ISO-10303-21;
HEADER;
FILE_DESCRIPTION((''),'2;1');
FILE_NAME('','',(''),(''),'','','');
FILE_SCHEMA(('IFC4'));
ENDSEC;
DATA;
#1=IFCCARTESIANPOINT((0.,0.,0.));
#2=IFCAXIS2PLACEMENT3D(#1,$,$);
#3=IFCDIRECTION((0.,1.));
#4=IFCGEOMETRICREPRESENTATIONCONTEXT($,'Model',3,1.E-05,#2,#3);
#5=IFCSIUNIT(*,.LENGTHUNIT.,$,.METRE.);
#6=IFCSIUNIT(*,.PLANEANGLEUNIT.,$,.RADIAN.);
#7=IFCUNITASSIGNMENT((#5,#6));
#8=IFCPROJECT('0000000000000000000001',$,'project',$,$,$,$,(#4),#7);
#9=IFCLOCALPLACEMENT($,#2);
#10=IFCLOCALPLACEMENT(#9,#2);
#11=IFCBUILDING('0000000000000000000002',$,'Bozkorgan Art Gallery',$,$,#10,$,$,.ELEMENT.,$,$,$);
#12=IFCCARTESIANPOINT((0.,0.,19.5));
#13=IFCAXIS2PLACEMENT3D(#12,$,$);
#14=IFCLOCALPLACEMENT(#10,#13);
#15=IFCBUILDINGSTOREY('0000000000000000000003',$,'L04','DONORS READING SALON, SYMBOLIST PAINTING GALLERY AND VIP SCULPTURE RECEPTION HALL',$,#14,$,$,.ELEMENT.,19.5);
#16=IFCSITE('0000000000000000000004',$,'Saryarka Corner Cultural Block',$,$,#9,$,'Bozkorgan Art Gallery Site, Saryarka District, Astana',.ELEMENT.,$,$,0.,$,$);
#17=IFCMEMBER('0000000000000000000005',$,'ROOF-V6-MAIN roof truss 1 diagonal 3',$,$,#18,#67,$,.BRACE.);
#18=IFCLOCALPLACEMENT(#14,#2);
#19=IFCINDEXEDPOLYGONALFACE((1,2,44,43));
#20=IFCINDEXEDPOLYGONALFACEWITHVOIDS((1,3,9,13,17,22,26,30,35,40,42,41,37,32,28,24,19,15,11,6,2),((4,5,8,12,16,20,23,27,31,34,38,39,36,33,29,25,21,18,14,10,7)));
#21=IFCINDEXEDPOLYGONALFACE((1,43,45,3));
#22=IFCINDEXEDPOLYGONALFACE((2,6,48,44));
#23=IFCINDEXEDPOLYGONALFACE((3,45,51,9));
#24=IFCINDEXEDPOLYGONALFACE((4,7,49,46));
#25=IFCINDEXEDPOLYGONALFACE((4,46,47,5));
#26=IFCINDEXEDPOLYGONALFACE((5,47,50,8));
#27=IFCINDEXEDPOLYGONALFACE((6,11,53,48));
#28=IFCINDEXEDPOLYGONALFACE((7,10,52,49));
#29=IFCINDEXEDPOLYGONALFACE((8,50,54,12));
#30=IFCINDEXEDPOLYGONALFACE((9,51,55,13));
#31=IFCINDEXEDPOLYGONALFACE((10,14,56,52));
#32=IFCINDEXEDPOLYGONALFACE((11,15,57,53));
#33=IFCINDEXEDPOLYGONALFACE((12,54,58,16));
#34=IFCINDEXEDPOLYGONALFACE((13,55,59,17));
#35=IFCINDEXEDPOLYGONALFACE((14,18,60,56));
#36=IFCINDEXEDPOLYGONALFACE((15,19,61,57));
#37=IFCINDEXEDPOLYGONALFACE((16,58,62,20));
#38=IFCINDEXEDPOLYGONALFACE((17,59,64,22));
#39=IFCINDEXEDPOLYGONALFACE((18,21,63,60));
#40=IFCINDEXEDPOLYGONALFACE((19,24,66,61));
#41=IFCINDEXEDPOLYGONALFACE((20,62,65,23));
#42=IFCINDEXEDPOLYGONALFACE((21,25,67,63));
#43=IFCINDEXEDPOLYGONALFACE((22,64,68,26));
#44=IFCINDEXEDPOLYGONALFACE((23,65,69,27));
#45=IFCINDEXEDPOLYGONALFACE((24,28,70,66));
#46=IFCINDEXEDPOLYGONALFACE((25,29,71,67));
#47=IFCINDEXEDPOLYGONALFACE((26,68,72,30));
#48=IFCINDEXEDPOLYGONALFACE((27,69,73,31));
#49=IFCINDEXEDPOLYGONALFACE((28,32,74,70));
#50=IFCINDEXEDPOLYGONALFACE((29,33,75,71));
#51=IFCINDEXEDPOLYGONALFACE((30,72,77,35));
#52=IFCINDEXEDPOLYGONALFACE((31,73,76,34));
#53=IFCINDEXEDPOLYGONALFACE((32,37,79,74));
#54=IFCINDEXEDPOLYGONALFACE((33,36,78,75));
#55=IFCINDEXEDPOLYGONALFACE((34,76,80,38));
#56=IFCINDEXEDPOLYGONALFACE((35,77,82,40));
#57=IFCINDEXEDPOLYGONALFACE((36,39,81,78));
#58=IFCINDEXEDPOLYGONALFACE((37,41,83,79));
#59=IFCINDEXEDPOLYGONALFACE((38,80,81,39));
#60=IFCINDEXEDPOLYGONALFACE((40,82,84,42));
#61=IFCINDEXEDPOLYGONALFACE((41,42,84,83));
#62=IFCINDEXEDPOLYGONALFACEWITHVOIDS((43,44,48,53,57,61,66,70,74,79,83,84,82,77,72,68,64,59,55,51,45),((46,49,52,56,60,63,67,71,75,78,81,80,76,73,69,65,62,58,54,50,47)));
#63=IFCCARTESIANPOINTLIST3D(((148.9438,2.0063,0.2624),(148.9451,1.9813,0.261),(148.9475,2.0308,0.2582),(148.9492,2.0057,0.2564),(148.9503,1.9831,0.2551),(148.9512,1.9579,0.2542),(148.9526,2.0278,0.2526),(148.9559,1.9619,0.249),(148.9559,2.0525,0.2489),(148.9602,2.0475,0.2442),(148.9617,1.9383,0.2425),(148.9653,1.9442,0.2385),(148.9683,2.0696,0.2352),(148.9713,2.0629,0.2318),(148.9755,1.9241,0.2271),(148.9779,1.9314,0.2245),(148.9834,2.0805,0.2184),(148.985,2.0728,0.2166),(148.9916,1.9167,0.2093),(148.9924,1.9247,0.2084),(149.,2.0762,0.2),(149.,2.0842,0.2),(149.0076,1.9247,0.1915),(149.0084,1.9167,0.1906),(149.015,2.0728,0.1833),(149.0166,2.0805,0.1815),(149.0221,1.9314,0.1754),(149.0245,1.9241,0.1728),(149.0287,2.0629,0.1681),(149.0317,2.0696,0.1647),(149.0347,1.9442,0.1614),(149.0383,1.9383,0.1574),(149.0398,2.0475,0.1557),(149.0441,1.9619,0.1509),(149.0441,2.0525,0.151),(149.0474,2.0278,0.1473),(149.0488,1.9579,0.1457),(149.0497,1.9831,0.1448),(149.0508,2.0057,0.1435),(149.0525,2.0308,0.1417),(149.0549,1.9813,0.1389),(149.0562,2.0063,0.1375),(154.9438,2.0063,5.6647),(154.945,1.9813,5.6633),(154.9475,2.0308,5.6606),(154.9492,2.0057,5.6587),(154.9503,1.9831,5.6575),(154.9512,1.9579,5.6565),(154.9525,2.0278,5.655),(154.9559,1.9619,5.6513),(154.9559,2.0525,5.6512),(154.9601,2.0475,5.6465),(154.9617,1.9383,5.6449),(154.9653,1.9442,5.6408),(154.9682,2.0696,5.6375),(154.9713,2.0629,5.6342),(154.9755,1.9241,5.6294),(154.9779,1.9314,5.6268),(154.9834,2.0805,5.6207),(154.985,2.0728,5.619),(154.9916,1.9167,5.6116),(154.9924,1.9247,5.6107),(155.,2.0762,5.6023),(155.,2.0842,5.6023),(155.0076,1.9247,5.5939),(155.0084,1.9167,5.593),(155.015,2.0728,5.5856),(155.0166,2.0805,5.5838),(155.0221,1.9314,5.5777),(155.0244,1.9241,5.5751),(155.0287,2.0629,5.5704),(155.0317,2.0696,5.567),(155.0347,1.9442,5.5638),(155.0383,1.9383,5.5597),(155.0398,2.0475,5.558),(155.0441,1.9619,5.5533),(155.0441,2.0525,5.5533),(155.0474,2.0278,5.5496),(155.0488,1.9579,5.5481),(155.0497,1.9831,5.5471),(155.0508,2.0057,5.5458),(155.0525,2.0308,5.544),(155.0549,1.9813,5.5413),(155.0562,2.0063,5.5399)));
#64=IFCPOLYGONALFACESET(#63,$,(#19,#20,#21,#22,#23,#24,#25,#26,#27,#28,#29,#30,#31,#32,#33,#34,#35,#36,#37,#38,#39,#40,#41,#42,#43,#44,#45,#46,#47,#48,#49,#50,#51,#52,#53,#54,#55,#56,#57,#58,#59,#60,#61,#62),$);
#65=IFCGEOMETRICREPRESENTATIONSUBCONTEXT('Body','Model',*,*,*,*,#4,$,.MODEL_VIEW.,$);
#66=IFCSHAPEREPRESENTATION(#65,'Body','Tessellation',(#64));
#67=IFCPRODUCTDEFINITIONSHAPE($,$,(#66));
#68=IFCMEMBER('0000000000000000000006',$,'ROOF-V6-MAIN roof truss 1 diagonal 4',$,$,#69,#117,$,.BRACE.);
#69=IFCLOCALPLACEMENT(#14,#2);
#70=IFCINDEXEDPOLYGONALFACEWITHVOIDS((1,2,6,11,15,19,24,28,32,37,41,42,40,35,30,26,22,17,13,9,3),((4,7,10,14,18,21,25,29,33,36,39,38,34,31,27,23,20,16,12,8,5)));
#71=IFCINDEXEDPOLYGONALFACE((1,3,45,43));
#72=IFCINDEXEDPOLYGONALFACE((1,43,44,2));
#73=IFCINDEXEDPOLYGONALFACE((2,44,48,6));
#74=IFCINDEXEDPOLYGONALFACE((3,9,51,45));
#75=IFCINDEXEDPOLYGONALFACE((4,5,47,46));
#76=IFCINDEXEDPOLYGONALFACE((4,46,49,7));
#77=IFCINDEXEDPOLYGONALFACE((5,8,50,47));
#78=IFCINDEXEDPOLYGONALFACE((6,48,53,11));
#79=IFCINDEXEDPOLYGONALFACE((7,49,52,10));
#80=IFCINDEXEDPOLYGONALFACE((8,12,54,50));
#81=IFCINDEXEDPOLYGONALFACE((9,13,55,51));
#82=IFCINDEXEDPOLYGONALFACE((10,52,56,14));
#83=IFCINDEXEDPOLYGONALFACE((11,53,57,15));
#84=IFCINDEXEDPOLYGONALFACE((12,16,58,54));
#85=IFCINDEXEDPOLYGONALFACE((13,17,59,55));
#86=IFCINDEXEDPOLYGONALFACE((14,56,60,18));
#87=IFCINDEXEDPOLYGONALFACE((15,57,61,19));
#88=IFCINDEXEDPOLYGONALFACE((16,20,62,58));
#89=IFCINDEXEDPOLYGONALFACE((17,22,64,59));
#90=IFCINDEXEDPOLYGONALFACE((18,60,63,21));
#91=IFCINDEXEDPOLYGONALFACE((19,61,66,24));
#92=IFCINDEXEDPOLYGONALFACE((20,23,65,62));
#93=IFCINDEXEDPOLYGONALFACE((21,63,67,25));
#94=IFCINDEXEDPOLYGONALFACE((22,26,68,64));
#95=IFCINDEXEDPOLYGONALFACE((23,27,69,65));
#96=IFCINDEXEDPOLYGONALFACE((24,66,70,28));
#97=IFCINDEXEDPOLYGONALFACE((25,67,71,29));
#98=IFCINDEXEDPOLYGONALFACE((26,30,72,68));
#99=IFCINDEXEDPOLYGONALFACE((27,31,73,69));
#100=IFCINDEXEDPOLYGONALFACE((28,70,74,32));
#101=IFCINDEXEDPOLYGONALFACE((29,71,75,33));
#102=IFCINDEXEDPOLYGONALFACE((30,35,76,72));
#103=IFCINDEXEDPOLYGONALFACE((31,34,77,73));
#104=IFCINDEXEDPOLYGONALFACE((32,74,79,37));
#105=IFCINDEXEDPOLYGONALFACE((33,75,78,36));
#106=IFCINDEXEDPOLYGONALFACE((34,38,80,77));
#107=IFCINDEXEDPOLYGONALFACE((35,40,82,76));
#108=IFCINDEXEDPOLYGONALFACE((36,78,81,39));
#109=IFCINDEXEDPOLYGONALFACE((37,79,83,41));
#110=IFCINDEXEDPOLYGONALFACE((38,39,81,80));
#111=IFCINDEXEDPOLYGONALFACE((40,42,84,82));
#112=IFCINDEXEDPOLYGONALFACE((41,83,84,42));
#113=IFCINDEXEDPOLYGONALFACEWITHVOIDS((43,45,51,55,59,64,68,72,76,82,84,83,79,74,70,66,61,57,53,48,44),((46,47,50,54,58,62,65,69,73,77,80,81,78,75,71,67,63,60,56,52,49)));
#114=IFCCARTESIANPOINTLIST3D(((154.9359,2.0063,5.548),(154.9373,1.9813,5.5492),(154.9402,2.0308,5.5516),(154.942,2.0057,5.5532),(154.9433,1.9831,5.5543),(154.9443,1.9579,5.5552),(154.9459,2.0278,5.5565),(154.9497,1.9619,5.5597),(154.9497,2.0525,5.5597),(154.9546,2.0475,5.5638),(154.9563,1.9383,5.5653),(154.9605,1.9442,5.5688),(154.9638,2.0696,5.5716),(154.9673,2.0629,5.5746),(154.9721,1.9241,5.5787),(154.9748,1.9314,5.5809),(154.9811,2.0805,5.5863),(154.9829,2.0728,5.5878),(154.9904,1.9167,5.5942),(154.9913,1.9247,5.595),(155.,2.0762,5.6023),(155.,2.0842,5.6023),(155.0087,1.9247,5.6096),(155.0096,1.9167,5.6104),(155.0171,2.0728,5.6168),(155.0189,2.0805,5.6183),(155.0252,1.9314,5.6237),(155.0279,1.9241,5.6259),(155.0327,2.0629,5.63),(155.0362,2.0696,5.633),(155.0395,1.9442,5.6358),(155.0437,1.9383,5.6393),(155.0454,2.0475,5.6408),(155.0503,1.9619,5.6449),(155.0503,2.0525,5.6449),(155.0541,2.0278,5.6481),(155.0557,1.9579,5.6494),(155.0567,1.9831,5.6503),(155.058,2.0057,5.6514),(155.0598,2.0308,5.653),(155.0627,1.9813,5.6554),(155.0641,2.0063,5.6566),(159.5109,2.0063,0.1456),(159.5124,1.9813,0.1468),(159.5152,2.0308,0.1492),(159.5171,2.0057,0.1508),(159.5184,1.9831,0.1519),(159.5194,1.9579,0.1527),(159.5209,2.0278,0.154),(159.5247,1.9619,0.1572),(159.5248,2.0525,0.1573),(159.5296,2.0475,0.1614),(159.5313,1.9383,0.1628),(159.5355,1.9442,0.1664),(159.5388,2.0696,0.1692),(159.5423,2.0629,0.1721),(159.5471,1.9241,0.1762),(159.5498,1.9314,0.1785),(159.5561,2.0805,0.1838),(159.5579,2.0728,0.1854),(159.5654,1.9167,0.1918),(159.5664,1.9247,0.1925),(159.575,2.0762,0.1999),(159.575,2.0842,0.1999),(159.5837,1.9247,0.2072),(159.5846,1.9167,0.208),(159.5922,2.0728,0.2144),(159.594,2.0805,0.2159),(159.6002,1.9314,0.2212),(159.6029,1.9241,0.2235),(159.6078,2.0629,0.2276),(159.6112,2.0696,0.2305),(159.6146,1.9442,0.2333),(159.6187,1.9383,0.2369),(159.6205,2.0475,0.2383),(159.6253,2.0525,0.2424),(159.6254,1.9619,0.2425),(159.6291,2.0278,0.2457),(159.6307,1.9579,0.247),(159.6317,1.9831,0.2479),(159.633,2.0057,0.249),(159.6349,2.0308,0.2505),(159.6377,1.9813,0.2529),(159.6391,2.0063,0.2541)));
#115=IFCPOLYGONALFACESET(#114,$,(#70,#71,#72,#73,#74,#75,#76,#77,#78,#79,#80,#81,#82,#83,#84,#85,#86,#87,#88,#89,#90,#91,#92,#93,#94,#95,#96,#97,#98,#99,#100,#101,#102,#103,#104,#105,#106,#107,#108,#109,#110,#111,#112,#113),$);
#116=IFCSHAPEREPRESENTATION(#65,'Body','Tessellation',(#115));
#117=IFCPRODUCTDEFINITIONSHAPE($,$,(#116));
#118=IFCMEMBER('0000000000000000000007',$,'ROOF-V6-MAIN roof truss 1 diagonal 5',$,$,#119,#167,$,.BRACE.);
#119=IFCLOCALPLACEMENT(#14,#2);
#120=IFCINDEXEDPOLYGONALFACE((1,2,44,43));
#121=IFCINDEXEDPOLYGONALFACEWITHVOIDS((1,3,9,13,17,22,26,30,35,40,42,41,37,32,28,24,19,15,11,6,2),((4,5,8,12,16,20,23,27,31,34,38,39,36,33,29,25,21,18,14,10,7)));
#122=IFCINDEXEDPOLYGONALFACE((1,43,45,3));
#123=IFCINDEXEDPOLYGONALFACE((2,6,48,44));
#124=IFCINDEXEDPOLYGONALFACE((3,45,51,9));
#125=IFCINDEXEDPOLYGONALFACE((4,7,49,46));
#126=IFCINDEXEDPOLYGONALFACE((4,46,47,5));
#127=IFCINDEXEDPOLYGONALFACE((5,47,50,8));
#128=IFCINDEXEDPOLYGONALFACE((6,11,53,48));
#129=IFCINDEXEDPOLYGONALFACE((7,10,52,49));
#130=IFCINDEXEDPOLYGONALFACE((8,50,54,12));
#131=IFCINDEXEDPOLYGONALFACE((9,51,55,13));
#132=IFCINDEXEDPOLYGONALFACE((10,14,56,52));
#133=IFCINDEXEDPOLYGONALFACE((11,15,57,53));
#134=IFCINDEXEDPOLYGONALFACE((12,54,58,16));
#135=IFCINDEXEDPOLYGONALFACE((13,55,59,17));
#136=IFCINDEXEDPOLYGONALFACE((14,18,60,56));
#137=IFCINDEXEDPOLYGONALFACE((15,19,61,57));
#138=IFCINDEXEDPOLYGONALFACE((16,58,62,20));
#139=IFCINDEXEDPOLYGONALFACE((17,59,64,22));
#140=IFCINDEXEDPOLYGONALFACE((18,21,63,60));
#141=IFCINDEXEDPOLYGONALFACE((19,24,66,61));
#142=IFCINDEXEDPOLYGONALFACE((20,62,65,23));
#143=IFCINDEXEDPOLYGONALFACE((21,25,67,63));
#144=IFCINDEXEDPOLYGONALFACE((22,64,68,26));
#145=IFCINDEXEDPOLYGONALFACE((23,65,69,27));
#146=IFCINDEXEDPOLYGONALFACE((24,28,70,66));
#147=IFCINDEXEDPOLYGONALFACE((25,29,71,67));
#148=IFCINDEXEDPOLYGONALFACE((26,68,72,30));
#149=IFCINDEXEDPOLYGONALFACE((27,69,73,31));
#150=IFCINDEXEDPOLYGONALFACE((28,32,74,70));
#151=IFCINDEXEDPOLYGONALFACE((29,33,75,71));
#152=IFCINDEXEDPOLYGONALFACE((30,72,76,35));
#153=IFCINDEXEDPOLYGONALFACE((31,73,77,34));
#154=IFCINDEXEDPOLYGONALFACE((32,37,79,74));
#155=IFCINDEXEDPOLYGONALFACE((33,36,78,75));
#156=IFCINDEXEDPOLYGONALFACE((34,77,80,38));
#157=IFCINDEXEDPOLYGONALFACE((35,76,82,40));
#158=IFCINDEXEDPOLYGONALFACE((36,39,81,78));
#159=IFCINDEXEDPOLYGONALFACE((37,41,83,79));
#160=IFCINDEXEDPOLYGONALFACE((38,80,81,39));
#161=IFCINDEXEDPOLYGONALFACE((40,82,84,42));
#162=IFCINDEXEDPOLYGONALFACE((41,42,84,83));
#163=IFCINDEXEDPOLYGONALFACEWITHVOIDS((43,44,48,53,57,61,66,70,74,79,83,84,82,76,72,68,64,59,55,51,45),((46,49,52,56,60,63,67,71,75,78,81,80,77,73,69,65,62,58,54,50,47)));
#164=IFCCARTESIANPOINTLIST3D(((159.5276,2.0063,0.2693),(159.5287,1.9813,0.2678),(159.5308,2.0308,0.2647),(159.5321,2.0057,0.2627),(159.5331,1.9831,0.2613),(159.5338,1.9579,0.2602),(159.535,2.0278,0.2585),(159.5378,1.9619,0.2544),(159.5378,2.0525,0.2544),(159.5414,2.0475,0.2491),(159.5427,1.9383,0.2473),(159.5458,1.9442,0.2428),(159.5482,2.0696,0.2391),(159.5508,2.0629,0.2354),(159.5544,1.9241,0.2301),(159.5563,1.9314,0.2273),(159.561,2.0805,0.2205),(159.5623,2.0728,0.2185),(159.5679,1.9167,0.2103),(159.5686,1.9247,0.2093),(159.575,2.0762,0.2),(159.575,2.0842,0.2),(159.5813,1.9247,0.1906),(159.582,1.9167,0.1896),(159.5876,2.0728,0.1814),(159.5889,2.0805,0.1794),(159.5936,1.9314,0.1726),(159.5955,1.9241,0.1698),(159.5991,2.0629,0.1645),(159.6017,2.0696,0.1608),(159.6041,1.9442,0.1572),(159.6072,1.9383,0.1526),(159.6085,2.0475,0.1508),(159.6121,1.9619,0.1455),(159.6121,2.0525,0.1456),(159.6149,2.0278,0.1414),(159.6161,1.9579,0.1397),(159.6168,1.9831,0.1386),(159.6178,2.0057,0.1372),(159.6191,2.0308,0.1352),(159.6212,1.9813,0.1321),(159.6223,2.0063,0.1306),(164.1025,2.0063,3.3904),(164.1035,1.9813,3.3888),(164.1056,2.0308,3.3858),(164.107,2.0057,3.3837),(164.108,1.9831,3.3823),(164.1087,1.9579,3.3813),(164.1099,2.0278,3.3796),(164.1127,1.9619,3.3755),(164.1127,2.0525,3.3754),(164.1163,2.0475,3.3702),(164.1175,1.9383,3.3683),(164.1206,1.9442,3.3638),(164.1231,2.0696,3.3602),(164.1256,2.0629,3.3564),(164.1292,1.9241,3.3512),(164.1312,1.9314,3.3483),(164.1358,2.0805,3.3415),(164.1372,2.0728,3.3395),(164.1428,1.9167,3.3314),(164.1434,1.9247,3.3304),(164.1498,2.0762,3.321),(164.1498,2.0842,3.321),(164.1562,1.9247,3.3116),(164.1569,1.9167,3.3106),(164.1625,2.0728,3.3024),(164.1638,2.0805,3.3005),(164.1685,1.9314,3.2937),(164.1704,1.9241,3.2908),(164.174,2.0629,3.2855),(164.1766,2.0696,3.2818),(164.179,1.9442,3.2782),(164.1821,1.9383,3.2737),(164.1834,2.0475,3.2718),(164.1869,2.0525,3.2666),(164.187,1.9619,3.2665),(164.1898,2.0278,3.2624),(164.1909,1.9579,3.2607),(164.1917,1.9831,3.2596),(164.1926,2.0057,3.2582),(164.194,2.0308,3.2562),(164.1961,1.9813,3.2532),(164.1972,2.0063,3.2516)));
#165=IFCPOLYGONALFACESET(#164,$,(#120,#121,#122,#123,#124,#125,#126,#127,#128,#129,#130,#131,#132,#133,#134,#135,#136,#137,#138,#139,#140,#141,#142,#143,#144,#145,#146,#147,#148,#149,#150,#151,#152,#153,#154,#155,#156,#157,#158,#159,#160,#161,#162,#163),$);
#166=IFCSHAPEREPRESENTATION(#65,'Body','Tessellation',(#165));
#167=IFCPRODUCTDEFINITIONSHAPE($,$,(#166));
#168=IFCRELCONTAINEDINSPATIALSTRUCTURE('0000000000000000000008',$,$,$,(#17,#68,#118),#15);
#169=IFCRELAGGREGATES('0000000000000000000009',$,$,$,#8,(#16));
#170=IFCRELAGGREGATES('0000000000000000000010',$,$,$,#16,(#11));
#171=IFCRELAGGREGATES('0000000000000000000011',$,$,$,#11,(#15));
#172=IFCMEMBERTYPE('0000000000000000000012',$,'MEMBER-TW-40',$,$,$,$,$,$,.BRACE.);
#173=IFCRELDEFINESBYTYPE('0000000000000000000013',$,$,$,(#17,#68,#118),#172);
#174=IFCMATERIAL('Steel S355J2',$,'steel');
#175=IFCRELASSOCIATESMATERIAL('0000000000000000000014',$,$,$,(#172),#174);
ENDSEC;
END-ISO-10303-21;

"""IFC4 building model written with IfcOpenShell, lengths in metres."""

from ifc_helpers import new_model, si_unit, direction, frame, origin, origin_2d, place, context, subcontext, project, spatial, hollow_circle, extrude, material, material_profile, profile_set, type_object, element, save


model = new_model("IFC4")

# Units and contexts
model_context = context("Model", 3, precision=1e-05, world=origin(), true_north=direction((0.0, 1.0)))
body_context = subcontext(model_context, "Body", "Model", "MODEL_VIEW")
ifc_project = project(units=[si_unit("LENGTHUNIT", "METRE"), si_unit("PLANEANGLEUNIT", "RADIAN")], contexts=[model_context])

# Site, building, storey
site_placement = place(None, origin())
site = spatial("IfcSite", under=ifc_project, at=site_placement, Name="Saryarka Corner Cultural Block", LongName="Bozkorgan Art Gallery Site, Saryarka District, Astana", CompositionType="ELEMENT", RefElevation=0.0)
building_placement = place(site_placement, origin())
building = spatial("IfcBuilding", under=site, at=building_placement, Name="Bozkorgan Art Gallery", CompositionType="ELEMENT")
storey_placement = place(building_placement, frame((0.0, 0.0, 19.5)))
storey = spatial("IfcBuildingStorey", under=building, at=storey_placement, Name="L04", Description="DONORS READING SALON, SYMBOLIST PAINTING GALLERY AND VIP SCULPTURE RECEPTION HALL", CompositionType="ELEMENT", Elevation=19.5)

# Members
ifc_material_1 = material(Name="Steel S355J2", Category="steel")
ifc_material_profile_1 = material_profile(ifc_material_1, hollow_circle(Radius=0.0842, WallThickness=0.0081, at=origin_2d()), Name="CHS 168.3x8")
ifc_profile_set_1 = profile_set([ifc_material_profile_1], Name="Steel S355J2")
member_type_1 = type_object("IfcMemberType", Name="MEMBER-TW-40", PredefinedType="BRACE", material=ifc_profile_set_1)
member_1_placement = place(storey_placement, frame((149.0, 2.0, 0.2), z_axis=(0.74315, 0.0, 0.669125), x_axis=(0.0, 1.0, 0.0)))
element("IfcMember", 1, at=member_1_placement, inside=storey, type_object=member_type_1, Name="ROOF-V6-MAIN roof truss 1 diagonal 3", PredefinedType="BRACE", context=body_context, shape_type="SweptSolid", body=[
    extrude(hollow_circle(Radius=0.0842, WallThickness=0.0081, at=origin_2d()), origin(), (0.0, 0.0, 1.0), 8.0737),
])
member_2_placement = place(storey_placement, frame((155.0, 2.0, 5.6023), z_axis=(0.64625, 0.0, -0.763126), x_axis=(0.0, 1.0, 0.0)))
element("IfcMember", 2, at=member_2_placement, inside=storey, type_object=member_type_1, Name="ROOF-V6-MAIN roof truss 1 diagonal 4", PredefinedType="BRACE", context=body_context, shape_type="SweptSolid", body=[
    extrude(hollow_circle(Radius=0.0842, WallThickness=0.0081, at=origin_2d()), origin(), (0.0, 0.0, 1.0), 7.0793),
])
member_3_placement = place(storey_placement, frame((159.575, 2.0, 0.2), z_axis=(0.826075, 0.0, 0.56356), x_axis=(0.0, 1.0, 0.0)))
element("IfcMember", 3, at=member_3_placement, inside=storey, type_object=member_type_1, Name="ROOF-V6-MAIN roof truss 1 diagonal 5", PredefinedType="BRACE", context=body_context, shape_type="SweptSolid", body=[
    extrude(hollow_circle(Radius=0.0842, WallThickness=0.0081, at=origin_2d()), origin(), (0.0, 0.0, 1.0), 5.5381),
])

save(model, "model.ifc")
